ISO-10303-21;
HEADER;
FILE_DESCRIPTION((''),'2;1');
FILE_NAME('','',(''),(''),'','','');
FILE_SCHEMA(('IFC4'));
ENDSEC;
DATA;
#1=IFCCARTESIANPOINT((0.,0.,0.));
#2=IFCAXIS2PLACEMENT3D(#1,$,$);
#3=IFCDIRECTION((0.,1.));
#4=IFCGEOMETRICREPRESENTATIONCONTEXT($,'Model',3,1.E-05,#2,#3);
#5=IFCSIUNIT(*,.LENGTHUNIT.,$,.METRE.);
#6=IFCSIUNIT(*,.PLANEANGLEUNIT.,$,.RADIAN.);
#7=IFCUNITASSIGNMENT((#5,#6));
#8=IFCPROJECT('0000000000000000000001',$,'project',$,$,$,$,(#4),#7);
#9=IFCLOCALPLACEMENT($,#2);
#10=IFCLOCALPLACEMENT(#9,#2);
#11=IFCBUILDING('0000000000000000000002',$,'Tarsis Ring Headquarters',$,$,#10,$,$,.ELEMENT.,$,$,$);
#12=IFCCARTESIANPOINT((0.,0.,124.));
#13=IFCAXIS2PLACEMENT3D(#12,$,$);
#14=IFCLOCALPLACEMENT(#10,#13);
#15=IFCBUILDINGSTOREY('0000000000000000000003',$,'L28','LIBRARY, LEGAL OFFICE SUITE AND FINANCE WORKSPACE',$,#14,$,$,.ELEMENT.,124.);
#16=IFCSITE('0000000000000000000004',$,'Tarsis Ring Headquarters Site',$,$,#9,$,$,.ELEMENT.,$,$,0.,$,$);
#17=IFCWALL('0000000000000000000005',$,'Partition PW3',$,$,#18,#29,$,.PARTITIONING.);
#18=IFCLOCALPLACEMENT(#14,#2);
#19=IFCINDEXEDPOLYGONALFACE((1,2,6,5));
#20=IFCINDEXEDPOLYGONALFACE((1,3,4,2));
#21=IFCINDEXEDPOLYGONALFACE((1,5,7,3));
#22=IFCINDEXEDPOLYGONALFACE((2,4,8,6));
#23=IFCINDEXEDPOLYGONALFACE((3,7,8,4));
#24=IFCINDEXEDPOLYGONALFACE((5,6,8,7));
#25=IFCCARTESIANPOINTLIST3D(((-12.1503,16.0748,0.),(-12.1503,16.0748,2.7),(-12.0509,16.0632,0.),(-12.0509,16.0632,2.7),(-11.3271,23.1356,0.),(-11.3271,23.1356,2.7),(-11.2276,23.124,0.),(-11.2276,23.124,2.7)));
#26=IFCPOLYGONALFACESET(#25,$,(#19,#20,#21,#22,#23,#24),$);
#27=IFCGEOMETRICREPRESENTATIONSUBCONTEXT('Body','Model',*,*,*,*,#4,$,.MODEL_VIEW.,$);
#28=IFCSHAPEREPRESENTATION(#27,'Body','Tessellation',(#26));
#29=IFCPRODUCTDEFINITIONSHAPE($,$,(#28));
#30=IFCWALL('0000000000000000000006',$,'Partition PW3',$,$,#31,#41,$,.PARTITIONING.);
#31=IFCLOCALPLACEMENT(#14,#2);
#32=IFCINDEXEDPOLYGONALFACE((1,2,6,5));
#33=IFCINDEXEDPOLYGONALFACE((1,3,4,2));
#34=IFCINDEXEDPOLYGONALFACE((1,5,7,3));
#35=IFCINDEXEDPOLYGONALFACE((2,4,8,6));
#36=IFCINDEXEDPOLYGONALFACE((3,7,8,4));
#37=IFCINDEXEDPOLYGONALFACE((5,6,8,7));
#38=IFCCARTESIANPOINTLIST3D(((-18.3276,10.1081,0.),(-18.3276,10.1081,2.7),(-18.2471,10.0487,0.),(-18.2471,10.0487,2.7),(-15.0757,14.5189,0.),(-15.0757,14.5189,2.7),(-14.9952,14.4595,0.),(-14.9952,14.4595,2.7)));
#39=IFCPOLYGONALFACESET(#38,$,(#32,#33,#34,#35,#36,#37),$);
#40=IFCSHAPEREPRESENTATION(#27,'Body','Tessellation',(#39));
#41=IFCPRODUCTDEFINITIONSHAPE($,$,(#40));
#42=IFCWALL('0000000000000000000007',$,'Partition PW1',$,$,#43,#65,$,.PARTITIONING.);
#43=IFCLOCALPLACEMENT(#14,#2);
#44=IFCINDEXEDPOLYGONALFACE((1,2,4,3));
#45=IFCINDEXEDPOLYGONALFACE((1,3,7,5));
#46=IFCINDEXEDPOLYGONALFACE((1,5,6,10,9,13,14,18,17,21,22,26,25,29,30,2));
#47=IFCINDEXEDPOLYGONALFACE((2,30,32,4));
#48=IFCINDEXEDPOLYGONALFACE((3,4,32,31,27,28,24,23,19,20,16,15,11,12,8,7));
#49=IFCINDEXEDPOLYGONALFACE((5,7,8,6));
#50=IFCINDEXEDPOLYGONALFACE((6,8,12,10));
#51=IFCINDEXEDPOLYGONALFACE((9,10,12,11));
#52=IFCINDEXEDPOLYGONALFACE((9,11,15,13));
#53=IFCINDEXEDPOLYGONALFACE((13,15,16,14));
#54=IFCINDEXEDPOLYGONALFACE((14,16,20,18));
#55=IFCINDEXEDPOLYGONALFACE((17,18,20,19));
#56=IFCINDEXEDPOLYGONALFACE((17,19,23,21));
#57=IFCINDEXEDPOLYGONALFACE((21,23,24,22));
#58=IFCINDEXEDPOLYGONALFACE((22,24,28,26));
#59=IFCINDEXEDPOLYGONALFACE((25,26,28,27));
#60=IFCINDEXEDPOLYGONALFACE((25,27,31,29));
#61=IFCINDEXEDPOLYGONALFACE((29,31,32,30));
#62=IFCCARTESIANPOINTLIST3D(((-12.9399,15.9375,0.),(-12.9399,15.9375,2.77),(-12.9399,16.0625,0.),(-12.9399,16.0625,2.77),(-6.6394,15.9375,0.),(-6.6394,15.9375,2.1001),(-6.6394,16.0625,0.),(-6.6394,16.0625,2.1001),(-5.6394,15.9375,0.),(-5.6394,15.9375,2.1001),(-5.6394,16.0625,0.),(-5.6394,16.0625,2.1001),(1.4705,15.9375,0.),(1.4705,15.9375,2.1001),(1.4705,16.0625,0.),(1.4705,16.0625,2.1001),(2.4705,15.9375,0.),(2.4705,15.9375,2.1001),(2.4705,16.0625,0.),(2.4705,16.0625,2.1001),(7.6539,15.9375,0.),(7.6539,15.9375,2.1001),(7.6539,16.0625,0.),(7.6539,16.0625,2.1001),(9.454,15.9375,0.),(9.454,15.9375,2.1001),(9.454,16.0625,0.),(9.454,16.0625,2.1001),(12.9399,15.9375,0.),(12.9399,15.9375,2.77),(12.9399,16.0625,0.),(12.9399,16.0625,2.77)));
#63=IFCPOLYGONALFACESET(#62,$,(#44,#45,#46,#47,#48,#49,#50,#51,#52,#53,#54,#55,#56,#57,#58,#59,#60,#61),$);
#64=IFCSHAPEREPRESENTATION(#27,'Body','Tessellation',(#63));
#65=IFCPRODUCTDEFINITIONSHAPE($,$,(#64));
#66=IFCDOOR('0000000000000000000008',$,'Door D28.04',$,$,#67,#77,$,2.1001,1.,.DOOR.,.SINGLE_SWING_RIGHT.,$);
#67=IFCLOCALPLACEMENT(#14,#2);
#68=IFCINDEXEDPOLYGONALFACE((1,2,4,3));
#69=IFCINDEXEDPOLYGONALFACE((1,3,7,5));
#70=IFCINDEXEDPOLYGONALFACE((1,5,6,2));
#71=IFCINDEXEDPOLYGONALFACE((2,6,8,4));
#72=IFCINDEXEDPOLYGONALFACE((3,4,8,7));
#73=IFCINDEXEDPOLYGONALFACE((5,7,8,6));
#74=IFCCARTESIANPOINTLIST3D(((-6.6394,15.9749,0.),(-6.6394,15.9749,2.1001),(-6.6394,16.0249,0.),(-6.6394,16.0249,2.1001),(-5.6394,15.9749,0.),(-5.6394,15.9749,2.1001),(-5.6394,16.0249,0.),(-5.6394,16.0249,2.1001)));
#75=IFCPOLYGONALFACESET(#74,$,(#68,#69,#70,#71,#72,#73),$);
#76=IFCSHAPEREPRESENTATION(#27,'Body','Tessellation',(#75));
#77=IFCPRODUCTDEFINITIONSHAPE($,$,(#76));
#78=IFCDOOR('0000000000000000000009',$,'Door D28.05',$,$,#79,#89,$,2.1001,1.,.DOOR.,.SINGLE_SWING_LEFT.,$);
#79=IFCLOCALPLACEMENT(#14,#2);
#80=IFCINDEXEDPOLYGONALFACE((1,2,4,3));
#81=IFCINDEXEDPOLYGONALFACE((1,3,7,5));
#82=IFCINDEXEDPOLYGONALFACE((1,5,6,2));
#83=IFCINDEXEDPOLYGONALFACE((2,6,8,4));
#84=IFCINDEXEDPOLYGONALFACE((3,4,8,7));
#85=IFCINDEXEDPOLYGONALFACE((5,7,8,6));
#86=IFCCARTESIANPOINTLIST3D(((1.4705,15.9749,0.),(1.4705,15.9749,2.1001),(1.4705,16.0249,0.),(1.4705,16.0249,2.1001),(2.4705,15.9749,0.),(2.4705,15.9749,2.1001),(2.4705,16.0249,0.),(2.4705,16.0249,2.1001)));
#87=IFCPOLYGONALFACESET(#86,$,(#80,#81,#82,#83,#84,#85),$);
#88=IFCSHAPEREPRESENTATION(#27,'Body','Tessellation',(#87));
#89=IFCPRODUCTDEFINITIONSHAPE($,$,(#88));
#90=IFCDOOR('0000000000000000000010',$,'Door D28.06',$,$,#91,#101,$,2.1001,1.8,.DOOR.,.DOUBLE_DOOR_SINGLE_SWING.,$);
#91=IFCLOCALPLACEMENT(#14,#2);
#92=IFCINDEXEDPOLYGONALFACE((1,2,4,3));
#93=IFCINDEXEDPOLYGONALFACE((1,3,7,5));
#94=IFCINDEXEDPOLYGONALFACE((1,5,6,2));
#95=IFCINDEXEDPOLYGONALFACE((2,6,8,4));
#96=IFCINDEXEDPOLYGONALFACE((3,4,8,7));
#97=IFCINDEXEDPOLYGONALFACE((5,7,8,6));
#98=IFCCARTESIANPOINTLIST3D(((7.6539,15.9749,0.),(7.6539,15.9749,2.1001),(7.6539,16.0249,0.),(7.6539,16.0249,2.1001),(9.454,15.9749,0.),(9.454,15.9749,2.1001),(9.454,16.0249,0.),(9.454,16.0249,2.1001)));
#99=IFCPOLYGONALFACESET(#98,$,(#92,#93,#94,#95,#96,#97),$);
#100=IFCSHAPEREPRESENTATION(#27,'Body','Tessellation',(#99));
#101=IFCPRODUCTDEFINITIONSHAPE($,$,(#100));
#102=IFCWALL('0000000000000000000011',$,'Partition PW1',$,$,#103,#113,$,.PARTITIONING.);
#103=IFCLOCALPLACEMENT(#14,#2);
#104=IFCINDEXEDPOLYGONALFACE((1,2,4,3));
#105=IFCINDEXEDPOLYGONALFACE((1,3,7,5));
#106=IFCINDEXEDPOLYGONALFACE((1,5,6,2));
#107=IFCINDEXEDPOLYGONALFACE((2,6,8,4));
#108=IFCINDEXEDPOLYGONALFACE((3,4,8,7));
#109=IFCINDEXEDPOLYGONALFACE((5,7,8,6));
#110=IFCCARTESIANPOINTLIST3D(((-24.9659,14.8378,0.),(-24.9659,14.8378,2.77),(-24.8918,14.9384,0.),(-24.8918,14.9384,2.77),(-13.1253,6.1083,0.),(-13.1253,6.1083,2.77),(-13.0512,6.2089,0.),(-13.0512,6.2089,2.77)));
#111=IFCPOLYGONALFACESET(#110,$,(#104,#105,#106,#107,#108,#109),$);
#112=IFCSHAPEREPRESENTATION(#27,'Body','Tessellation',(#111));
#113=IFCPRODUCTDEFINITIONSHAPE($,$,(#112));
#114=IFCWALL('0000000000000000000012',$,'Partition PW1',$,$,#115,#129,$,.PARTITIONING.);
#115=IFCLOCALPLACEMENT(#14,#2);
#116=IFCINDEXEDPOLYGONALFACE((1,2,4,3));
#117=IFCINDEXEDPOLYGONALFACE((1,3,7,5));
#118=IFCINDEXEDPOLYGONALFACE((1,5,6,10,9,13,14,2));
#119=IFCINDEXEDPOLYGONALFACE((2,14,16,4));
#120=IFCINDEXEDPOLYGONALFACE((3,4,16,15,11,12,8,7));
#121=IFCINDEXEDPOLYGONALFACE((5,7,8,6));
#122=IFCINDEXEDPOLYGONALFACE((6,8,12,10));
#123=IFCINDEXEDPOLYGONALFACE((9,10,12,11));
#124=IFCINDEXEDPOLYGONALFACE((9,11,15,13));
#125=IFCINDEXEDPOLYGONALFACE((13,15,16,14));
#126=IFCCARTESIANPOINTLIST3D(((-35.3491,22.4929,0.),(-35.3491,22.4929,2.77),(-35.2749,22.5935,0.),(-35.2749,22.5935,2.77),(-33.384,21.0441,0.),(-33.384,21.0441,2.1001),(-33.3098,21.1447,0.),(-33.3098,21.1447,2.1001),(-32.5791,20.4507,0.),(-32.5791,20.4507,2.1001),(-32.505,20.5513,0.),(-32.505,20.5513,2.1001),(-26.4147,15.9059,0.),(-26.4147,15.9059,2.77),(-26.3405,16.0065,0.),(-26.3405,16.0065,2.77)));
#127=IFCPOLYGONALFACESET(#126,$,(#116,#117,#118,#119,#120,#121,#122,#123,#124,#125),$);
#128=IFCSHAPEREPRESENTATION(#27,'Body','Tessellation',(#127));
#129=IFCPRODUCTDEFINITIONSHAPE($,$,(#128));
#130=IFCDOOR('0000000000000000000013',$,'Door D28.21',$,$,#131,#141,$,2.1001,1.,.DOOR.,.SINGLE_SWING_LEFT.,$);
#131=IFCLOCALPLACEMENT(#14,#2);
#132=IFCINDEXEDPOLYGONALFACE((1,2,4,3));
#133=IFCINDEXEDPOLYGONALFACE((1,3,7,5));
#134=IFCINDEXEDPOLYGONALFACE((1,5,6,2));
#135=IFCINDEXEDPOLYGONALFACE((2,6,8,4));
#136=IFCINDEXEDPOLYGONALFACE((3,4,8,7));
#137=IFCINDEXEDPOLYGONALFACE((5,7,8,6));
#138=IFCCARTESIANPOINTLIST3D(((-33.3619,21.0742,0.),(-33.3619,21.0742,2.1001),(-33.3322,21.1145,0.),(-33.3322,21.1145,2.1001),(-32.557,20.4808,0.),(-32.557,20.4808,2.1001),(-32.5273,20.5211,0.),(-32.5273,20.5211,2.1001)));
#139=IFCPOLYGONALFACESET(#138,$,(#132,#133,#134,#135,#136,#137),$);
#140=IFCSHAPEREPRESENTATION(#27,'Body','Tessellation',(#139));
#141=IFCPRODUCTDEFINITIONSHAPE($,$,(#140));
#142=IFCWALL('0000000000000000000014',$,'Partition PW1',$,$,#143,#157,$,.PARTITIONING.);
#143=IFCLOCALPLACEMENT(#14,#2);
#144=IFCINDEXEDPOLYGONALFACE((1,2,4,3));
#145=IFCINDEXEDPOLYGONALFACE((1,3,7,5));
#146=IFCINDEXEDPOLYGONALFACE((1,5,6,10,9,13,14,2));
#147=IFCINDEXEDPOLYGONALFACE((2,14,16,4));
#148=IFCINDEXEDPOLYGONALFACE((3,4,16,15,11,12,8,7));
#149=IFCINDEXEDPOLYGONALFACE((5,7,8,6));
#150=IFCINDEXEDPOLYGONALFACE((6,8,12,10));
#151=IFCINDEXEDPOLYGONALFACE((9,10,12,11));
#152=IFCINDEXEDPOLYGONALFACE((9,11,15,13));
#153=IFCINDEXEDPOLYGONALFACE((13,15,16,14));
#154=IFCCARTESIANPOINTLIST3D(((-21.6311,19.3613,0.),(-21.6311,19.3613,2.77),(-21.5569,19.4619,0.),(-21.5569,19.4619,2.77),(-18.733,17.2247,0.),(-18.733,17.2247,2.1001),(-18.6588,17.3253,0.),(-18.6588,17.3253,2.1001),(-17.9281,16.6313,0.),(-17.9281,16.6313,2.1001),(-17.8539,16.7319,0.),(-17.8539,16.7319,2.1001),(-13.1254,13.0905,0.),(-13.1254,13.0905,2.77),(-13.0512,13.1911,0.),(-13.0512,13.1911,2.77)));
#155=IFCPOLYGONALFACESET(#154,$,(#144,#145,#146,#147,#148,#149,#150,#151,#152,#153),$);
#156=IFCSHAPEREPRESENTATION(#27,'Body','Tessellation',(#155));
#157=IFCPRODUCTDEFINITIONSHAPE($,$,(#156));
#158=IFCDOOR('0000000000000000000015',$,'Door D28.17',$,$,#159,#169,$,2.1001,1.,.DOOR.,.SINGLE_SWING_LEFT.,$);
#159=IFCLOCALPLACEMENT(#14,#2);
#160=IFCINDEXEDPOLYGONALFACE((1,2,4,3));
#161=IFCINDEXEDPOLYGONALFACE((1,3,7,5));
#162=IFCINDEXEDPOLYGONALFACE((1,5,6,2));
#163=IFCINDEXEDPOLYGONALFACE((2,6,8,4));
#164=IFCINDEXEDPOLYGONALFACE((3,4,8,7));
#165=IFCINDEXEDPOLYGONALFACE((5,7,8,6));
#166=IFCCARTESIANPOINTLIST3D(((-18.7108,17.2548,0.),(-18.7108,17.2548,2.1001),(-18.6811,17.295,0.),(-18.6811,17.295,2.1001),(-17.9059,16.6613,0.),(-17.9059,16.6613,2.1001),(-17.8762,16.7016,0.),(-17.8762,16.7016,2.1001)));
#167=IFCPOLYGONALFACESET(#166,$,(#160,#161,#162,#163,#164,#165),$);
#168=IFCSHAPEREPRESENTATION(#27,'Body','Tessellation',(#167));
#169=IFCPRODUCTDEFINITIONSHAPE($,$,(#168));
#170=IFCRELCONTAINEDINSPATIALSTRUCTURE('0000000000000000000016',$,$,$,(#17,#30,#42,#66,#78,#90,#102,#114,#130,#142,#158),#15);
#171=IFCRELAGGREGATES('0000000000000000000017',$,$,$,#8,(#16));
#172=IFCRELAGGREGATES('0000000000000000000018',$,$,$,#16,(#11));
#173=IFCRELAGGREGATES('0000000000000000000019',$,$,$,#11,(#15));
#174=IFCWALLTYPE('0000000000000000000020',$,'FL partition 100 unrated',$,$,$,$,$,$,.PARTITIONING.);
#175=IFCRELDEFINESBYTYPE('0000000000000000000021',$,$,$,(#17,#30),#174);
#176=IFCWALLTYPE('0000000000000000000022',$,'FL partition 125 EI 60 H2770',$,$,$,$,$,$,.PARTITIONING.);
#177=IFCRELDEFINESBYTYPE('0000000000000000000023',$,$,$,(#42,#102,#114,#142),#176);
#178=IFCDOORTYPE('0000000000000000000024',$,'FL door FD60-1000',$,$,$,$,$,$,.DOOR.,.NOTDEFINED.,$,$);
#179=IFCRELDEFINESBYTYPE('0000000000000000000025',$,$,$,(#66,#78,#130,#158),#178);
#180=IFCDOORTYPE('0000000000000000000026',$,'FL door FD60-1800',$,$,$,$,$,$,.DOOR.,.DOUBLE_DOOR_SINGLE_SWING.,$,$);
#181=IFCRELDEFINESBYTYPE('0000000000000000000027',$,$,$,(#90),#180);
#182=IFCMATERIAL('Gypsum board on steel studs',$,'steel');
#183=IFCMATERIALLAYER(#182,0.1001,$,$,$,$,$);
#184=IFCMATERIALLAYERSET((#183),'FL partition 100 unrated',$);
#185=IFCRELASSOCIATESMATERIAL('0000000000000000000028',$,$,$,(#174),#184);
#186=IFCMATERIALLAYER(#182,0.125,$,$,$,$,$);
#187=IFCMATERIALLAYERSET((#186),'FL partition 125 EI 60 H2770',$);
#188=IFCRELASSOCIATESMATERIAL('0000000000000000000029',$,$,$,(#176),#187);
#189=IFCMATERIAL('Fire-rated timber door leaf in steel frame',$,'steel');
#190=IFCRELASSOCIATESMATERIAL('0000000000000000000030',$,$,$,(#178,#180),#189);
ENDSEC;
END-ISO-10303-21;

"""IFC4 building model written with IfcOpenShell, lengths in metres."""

from ifc_helpers import new_model, si_unit, direction, frame, frame_2d, origin, place, context, subcontext, project, spatial, rectangle, extrude, material, layer, layer_set, type_object, element, fill, save


model = new_model("IFC4")

# Units and contexts
model_context = context("Model", 3, precision=1e-05, world=origin(), true_north=direction((0.0, 1.0)))
body_context = subcontext(model_context, "Body", "Model", "MODEL_VIEW")
ifc_project = project(units=[si_unit("LENGTHUNIT", "METRE"), si_unit("PLANEANGLEUNIT", "RADIAN")], contexts=[model_context])

# Site, building, storey
site_placement = place(None, origin())
site = spatial("IfcSite", under=ifc_project, at=site_placement, Name="Tarsis Ring Headquarters Site", CompositionType="ELEMENT", RefElevation=0.0)
building_placement = place(site_placement, origin())
building = spatial("IfcBuilding", under=site, at=building_placement, Name="Tarsis Ring Headquarters", CompositionType="ELEMENT")
storey_placement = place(building_placement, frame((0.0, 0.0, 124.0)))
storey = spatial("IfcBuildingStorey", under=building, at=storey_placement, Name="L28", Description="LIBRARY, LEGAL OFFICE SUITE AND FINANCE WORKSPACE", CompositionType="ELEMENT", Elevation=124.0)

# Walls
ifc_material_1 = material(Name="Gypsum board on steel studs", Category="steel")
ifc_layer_1 = layer(ifc_material_1, 0.1001)
ifc_layer_set_1 = layer_set([ifc_layer_1], Name="FL partition 100 unrated")
wall_type_1 = type_object("IfcWallType", Name="FL partition 100 unrated", PredefinedType="PARTITIONING", material=ifc_layer_set_1)
wall_1_placement = place(storey_placement, frame((-12.1006, 16.0691, 0.0), z_axis=(0.0, 0.0, 1.0), x_axis=(0.115809, 0.993272, 0.0)))
element("IfcWall", 1, at=wall_1_placement, inside=storey, type_object=wall_type_1, Name="Partition PW3", PredefinedType="PARTITIONING", context=body_context, shape_type="SweptSolid", body=[
    extrude(rectangle(XDim=7.1086, YDim=0.1001, at=frame_2d((3.5542, 0.0))), origin(), (0.0, 0.0, 1.0), 2.7),
])
wall_2_placement = place(storey_placement, frame((-18.2874, 10.0784, 0.0), z_axis=(0.0, 0.0, 1.0), x_axis=(0.593415, 0.804897, 0.0)))
element("IfcWall", 2, at=wall_2_placement, inside=storey, type_object=wall_type_1, Name="Partition PW3", PredefinedType="PARTITIONING", context=body_context, shape_type="SweptSolid", body=[
    extrude(rectangle(XDim=5.48, YDim=0.1001, at=frame_2d((2.74, 0.0))), origin(), (0.0, 0.0, 1.0), 2.7),
])

# Wall, openings, doors
ifc_layer_2 = layer(ifc_material_1, 0.125)
ifc_layer_set_2 = layer_set([ifc_layer_2], Name="FL partition 125 EI 60 H2770")
wall_type_2 = type_object("IfcWallType", Name="FL partition 125 EI 60 H2770", PredefinedType="PARTITIONING", material=ifc_layer_set_2)
wall_3_placement = place(storey_placement, frame((-12.9399, 16.0, 0.0), z_axis=(0.0, 0.0, 1.0), x_axis=(1.0, 0.0, 0.0)))
wall_3 = element("IfcWall", 3, at=wall_3_placement, inside=storey, type_object=wall_type_2, Name="Partition PW1", PredefinedType="PARTITIONING", context=body_context, shape_type="SweptSolid", body=[
    extrude(rectangle(XDim=25.8799, YDim=0.125, at=frame_2d((12.9399, 0.0))), origin(), (0.0, 0.0, 1.0), 2.77),
])
opening_1_placement = place(wall_3_placement, frame((6.3005, 0.0, 0.0)))
opening_1 = element("IfcOpeningElement", 4, at=opening_1_placement, cuts=wall_3, PredefinedType="OPENING", context=body_context, shape_type="SweptSolid", body=[
    extrude(rectangle(XDim=1.0, YDim=2.1001, at=frame_2d((0.5, 1.05))), frame((0.0, 0.0725, 0.0), z_axis=(0.0, -1.0, 0.0), x_axis=(1.0, 0.0, 0.0)), (0.0, 0.0, 1.0), 0.145),
])
opening_2_placement = place(wall_3_placement, frame((14.4104, 0.0, 0.0)))
opening_2 = element("IfcOpeningElement", 5, at=opening_2_placement, cuts=wall_3, PredefinedType="OPENING", context=body_context, shape_type="SweptSolid", body=[
    extrude(rectangle(XDim=1.0, YDim=2.1001, at=frame_2d((0.5, 1.05))), frame((0.0, 0.0725, 0.0), z_axis=(0.0, -1.0, 0.0), x_axis=(1.0, 0.0, 0.0)), (0.0, 0.0, 1.0), 0.145),
])
opening_3_placement = place(wall_3_placement, frame((20.594, 0.0, 0.0)))
opening_3 = element("IfcOpeningElement", 6, at=opening_3_placement, cuts=wall_3, PredefinedType="OPENING", context=body_context, shape_type="SweptSolid", body=[
    extrude(rectangle(XDim=1.8, YDim=2.1001, at=frame_2d((0.8999, 1.05))), frame((0.0, 0.0725, 0.0), z_axis=(0.0, -1.0, 0.0), x_axis=(1.0, 0.0, 0.0)), (0.0, 0.0, 1.0), 0.145),
])
ifc_material_2 = material(Name="Fire-rated timber door leaf in steel frame", Category="steel")
door_type_1 = type_object("IfcDoorType", Name="FL door FD60-1000", OperationType="NOTDEFINED", PredefinedType="DOOR", material=ifc_material_2)
door_1_placement = place(opening_1_placement, origin())
door_1 = element("IfcDoor", 7, at=door_1_placement, inside=storey, type_object=door_type_1, Name="Door D28.04", OperationType="SINGLE_SWING_RIGHT", OverallHeight=2.1001, OverallWidth=1.0, PredefinedType="DOOR", context=body_context, shape_type="SweptSolid", body=[
    extrude(rectangle(XDim=1.0, YDim=2.1001, at=frame_2d((0.5, 1.05))), frame((0.0, 0.0249, 0.0), z_axis=(0.0, -1.0, 0.0), x_axis=(1.0, 0.0, 0.0)), (0.0, 0.0, 1.0), 0.05),
])
fill(opening_1, door_1)
door_2_placement = place(opening_2_placement, origin())
door_2 = element("IfcDoor", 8, at=door_2_placement, inside=storey, type_object=door_type_1, Name="Door D28.05", OperationType="SINGLE_SWING_LEFT", OverallHeight=2.1001, OverallWidth=1.0, PredefinedType="DOOR", context=body_context, shape_type="SweptSolid", body=[
    extrude(rectangle(XDim=1.0, YDim=2.1001, at=frame_2d((0.5, 1.05))), frame((0.0, 0.0249, 0.0), z_axis=(0.0, -1.0, 0.0), x_axis=(1.0, 0.0, 0.0)), (0.0, 0.0, 1.0), 0.05),
])
fill(opening_2, door_2)
door_type_2 = type_object("IfcDoorType", Name="FL door FD60-1800", OperationType="DOUBLE_DOOR_SINGLE_SWING", PredefinedType="DOOR", material=ifc_material_2)
door_3_placement = place(opening_3_placement, origin())
door_3 = element("IfcDoor", 9, at=door_3_placement, inside=storey, type_object=door_type_2, Name="Door D28.06", OperationType="DOUBLE_DOOR_SINGLE_SWING", OverallHeight=2.1001, OverallWidth=1.8, PredefinedType="DOOR", context=body_context, shape_type="SweptSolid", body=[
    extrude(rectangle(XDim=1.8, YDim=2.1001, at=frame_2d((0.8999, 1.05))), frame((0.0, 0.0249, 0.0), z_axis=(0.0, -1.0, 0.0), x_axis=(1.0, 0.0, 0.0)), (0.0, 0.0, 1.0), 0.05),
])
fill(opening_3, door_3)

# Wall
wall_4_placement = place(storey_placement, frame((-24.929, 14.8882, 0.0), z_axis=(0.0, 0.0, 1.0), x_axis=(0.804898, -0.593413, 0.0)))
element("IfcWall", 10, at=wall_4_placement, inside=storey, type_object=wall_type_2, Name="Partition PW1", PredefinedType="PARTITIONING", context=body_context, shape_type="SweptSolid", body=[
    extrude(rectangle(XDim=14.7107, YDim=0.125, at=frame_2d((7.3555, 0.0))), origin(), (0.0, 0.0, 1.0), 2.77),
])

# Walls, openings, doors
wall_5_placement = place(storey_placement, frame((-35.312, 22.5432, 0.0), z_axis=(0.0, 0.0, 1.0), x_axis=(0.804895, -0.593417, 0.0)))
wall_5 = element("IfcWall", 11, at=wall_5_placement, inside=storey, type_object=wall_type_2, Name="Partition PW1", PredefinedType="PARTITIONING", context=body_context, shape_type="SweptSolid", body=[
    extrude(rectangle(XDim=11.1001, YDim=0.125, at=frame_2d((5.55, 0.0))), origin(), (0.0, 0.0, 1.0), 2.77),
])
opening_4_placement = place(wall_5_placement, frame((2.4414, 0.0, 0.0)))
opening_4 = element("IfcOpeningElement", 12, at=opening_4_placement, cuts=wall_5, PredefinedType="OPENING", context=body_context, shape_type="SweptSolid", body=[
    extrude(rectangle(XDim=1.0, YDim=2.1001, at=frame_2d((0.5, 1.05))), frame((0.0, 0.0725, 0.0), z_axis=(0.0, -1.0, 0.0), x_axis=(1.0, 0.0, 0.0)), (0.0, 0.0, 1.0), 0.145),
])
door_4_placement = place(opening_4_placement, origin())
door_4 = element("IfcDoor", 13, at=door_4_placement, inside=storey, type_object=door_type_1, Name="Door D28.21", OperationType="SINGLE_SWING_LEFT", OverallHeight=2.1001, OverallWidth=1.0, PredefinedType="DOOR", context=body_context, shape_type="SweptSolid", body=[
    extrude(rectangle(XDim=1.0, YDim=2.1001, at=frame_2d((0.5, 1.05))), frame((0.0, 0.0249, 0.0), z_axis=(0.0, -1.0, 0.0), x_axis=(1.0, 0.0, 0.0)), (0.0, 0.0, 1.0), 0.05),
])
fill(opening_4, door_4)
wall_6_placement = place(storey_placement, frame((-21.594, 19.4116, 0.0), z_axis=(0.0, 0.0, 1.0), x_axis=(0.8049, -0.593411, 0.0)))
wall_6 = element("IfcWall", 14, at=wall_6_placement, inside=storey, type_object=wall_type_2, Name="Partition PW1", PredefinedType="PARTITIONING", context=body_context, shape_type="SweptSolid", body=[
    extrude(rectangle(XDim=10.5674, YDim=0.125, at=frame_2d((5.2837, 0.0))), origin(), (0.0, 0.0, 1.0), 2.77),
])
opening_5_placement = place(wall_6_placement, frame((3.6006, 0.0, 0.0)))
opening_5 = element("IfcOpeningElement", 15, at=opening_5_placement, cuts=wall_6, PredefinedType="OPENING", context=body_context, shape_type="SweptSolid", body=[
    extrude(rectangle(XDim=1.0, YDim=2.1001, at=frame_2d((0.5, 1.05))), frame((0.0, 0.0725, 0.0), z_axis=(0.0, -1.0, 0.0), x_axis=(1.0, 0.0, 0.0)), (0.0, 0.0, 1.0), 0.145),
])
door_5_placement = place(opening_5_placement, origin())
door_5 = element("IfcDoor", 16, at=door_5_placement, inside=storey, type_object=door_type_1, Name="Door D28.17", OperationType="SINGLE_SWING_LEFT", OverallHeight=2.1001, OverallWidth=1.0, PredefinedType="DOOR", context=body_context, shape_type="SweptSolid", body=[
    extrude(rectangle(XDim=1.0, YDim=2.1001, at=frame_2d((0.5, 1.05))), frame((0.0, 0.0249, 0.0), z_axis=(0.0, -1.0, 0.0), x_axis=(1.0, 0.0, 0.0)), (0.0, 0.0, 1.0), 0.05),
])
fill(opening_5, door_5)

save(model, "model.ifc")
